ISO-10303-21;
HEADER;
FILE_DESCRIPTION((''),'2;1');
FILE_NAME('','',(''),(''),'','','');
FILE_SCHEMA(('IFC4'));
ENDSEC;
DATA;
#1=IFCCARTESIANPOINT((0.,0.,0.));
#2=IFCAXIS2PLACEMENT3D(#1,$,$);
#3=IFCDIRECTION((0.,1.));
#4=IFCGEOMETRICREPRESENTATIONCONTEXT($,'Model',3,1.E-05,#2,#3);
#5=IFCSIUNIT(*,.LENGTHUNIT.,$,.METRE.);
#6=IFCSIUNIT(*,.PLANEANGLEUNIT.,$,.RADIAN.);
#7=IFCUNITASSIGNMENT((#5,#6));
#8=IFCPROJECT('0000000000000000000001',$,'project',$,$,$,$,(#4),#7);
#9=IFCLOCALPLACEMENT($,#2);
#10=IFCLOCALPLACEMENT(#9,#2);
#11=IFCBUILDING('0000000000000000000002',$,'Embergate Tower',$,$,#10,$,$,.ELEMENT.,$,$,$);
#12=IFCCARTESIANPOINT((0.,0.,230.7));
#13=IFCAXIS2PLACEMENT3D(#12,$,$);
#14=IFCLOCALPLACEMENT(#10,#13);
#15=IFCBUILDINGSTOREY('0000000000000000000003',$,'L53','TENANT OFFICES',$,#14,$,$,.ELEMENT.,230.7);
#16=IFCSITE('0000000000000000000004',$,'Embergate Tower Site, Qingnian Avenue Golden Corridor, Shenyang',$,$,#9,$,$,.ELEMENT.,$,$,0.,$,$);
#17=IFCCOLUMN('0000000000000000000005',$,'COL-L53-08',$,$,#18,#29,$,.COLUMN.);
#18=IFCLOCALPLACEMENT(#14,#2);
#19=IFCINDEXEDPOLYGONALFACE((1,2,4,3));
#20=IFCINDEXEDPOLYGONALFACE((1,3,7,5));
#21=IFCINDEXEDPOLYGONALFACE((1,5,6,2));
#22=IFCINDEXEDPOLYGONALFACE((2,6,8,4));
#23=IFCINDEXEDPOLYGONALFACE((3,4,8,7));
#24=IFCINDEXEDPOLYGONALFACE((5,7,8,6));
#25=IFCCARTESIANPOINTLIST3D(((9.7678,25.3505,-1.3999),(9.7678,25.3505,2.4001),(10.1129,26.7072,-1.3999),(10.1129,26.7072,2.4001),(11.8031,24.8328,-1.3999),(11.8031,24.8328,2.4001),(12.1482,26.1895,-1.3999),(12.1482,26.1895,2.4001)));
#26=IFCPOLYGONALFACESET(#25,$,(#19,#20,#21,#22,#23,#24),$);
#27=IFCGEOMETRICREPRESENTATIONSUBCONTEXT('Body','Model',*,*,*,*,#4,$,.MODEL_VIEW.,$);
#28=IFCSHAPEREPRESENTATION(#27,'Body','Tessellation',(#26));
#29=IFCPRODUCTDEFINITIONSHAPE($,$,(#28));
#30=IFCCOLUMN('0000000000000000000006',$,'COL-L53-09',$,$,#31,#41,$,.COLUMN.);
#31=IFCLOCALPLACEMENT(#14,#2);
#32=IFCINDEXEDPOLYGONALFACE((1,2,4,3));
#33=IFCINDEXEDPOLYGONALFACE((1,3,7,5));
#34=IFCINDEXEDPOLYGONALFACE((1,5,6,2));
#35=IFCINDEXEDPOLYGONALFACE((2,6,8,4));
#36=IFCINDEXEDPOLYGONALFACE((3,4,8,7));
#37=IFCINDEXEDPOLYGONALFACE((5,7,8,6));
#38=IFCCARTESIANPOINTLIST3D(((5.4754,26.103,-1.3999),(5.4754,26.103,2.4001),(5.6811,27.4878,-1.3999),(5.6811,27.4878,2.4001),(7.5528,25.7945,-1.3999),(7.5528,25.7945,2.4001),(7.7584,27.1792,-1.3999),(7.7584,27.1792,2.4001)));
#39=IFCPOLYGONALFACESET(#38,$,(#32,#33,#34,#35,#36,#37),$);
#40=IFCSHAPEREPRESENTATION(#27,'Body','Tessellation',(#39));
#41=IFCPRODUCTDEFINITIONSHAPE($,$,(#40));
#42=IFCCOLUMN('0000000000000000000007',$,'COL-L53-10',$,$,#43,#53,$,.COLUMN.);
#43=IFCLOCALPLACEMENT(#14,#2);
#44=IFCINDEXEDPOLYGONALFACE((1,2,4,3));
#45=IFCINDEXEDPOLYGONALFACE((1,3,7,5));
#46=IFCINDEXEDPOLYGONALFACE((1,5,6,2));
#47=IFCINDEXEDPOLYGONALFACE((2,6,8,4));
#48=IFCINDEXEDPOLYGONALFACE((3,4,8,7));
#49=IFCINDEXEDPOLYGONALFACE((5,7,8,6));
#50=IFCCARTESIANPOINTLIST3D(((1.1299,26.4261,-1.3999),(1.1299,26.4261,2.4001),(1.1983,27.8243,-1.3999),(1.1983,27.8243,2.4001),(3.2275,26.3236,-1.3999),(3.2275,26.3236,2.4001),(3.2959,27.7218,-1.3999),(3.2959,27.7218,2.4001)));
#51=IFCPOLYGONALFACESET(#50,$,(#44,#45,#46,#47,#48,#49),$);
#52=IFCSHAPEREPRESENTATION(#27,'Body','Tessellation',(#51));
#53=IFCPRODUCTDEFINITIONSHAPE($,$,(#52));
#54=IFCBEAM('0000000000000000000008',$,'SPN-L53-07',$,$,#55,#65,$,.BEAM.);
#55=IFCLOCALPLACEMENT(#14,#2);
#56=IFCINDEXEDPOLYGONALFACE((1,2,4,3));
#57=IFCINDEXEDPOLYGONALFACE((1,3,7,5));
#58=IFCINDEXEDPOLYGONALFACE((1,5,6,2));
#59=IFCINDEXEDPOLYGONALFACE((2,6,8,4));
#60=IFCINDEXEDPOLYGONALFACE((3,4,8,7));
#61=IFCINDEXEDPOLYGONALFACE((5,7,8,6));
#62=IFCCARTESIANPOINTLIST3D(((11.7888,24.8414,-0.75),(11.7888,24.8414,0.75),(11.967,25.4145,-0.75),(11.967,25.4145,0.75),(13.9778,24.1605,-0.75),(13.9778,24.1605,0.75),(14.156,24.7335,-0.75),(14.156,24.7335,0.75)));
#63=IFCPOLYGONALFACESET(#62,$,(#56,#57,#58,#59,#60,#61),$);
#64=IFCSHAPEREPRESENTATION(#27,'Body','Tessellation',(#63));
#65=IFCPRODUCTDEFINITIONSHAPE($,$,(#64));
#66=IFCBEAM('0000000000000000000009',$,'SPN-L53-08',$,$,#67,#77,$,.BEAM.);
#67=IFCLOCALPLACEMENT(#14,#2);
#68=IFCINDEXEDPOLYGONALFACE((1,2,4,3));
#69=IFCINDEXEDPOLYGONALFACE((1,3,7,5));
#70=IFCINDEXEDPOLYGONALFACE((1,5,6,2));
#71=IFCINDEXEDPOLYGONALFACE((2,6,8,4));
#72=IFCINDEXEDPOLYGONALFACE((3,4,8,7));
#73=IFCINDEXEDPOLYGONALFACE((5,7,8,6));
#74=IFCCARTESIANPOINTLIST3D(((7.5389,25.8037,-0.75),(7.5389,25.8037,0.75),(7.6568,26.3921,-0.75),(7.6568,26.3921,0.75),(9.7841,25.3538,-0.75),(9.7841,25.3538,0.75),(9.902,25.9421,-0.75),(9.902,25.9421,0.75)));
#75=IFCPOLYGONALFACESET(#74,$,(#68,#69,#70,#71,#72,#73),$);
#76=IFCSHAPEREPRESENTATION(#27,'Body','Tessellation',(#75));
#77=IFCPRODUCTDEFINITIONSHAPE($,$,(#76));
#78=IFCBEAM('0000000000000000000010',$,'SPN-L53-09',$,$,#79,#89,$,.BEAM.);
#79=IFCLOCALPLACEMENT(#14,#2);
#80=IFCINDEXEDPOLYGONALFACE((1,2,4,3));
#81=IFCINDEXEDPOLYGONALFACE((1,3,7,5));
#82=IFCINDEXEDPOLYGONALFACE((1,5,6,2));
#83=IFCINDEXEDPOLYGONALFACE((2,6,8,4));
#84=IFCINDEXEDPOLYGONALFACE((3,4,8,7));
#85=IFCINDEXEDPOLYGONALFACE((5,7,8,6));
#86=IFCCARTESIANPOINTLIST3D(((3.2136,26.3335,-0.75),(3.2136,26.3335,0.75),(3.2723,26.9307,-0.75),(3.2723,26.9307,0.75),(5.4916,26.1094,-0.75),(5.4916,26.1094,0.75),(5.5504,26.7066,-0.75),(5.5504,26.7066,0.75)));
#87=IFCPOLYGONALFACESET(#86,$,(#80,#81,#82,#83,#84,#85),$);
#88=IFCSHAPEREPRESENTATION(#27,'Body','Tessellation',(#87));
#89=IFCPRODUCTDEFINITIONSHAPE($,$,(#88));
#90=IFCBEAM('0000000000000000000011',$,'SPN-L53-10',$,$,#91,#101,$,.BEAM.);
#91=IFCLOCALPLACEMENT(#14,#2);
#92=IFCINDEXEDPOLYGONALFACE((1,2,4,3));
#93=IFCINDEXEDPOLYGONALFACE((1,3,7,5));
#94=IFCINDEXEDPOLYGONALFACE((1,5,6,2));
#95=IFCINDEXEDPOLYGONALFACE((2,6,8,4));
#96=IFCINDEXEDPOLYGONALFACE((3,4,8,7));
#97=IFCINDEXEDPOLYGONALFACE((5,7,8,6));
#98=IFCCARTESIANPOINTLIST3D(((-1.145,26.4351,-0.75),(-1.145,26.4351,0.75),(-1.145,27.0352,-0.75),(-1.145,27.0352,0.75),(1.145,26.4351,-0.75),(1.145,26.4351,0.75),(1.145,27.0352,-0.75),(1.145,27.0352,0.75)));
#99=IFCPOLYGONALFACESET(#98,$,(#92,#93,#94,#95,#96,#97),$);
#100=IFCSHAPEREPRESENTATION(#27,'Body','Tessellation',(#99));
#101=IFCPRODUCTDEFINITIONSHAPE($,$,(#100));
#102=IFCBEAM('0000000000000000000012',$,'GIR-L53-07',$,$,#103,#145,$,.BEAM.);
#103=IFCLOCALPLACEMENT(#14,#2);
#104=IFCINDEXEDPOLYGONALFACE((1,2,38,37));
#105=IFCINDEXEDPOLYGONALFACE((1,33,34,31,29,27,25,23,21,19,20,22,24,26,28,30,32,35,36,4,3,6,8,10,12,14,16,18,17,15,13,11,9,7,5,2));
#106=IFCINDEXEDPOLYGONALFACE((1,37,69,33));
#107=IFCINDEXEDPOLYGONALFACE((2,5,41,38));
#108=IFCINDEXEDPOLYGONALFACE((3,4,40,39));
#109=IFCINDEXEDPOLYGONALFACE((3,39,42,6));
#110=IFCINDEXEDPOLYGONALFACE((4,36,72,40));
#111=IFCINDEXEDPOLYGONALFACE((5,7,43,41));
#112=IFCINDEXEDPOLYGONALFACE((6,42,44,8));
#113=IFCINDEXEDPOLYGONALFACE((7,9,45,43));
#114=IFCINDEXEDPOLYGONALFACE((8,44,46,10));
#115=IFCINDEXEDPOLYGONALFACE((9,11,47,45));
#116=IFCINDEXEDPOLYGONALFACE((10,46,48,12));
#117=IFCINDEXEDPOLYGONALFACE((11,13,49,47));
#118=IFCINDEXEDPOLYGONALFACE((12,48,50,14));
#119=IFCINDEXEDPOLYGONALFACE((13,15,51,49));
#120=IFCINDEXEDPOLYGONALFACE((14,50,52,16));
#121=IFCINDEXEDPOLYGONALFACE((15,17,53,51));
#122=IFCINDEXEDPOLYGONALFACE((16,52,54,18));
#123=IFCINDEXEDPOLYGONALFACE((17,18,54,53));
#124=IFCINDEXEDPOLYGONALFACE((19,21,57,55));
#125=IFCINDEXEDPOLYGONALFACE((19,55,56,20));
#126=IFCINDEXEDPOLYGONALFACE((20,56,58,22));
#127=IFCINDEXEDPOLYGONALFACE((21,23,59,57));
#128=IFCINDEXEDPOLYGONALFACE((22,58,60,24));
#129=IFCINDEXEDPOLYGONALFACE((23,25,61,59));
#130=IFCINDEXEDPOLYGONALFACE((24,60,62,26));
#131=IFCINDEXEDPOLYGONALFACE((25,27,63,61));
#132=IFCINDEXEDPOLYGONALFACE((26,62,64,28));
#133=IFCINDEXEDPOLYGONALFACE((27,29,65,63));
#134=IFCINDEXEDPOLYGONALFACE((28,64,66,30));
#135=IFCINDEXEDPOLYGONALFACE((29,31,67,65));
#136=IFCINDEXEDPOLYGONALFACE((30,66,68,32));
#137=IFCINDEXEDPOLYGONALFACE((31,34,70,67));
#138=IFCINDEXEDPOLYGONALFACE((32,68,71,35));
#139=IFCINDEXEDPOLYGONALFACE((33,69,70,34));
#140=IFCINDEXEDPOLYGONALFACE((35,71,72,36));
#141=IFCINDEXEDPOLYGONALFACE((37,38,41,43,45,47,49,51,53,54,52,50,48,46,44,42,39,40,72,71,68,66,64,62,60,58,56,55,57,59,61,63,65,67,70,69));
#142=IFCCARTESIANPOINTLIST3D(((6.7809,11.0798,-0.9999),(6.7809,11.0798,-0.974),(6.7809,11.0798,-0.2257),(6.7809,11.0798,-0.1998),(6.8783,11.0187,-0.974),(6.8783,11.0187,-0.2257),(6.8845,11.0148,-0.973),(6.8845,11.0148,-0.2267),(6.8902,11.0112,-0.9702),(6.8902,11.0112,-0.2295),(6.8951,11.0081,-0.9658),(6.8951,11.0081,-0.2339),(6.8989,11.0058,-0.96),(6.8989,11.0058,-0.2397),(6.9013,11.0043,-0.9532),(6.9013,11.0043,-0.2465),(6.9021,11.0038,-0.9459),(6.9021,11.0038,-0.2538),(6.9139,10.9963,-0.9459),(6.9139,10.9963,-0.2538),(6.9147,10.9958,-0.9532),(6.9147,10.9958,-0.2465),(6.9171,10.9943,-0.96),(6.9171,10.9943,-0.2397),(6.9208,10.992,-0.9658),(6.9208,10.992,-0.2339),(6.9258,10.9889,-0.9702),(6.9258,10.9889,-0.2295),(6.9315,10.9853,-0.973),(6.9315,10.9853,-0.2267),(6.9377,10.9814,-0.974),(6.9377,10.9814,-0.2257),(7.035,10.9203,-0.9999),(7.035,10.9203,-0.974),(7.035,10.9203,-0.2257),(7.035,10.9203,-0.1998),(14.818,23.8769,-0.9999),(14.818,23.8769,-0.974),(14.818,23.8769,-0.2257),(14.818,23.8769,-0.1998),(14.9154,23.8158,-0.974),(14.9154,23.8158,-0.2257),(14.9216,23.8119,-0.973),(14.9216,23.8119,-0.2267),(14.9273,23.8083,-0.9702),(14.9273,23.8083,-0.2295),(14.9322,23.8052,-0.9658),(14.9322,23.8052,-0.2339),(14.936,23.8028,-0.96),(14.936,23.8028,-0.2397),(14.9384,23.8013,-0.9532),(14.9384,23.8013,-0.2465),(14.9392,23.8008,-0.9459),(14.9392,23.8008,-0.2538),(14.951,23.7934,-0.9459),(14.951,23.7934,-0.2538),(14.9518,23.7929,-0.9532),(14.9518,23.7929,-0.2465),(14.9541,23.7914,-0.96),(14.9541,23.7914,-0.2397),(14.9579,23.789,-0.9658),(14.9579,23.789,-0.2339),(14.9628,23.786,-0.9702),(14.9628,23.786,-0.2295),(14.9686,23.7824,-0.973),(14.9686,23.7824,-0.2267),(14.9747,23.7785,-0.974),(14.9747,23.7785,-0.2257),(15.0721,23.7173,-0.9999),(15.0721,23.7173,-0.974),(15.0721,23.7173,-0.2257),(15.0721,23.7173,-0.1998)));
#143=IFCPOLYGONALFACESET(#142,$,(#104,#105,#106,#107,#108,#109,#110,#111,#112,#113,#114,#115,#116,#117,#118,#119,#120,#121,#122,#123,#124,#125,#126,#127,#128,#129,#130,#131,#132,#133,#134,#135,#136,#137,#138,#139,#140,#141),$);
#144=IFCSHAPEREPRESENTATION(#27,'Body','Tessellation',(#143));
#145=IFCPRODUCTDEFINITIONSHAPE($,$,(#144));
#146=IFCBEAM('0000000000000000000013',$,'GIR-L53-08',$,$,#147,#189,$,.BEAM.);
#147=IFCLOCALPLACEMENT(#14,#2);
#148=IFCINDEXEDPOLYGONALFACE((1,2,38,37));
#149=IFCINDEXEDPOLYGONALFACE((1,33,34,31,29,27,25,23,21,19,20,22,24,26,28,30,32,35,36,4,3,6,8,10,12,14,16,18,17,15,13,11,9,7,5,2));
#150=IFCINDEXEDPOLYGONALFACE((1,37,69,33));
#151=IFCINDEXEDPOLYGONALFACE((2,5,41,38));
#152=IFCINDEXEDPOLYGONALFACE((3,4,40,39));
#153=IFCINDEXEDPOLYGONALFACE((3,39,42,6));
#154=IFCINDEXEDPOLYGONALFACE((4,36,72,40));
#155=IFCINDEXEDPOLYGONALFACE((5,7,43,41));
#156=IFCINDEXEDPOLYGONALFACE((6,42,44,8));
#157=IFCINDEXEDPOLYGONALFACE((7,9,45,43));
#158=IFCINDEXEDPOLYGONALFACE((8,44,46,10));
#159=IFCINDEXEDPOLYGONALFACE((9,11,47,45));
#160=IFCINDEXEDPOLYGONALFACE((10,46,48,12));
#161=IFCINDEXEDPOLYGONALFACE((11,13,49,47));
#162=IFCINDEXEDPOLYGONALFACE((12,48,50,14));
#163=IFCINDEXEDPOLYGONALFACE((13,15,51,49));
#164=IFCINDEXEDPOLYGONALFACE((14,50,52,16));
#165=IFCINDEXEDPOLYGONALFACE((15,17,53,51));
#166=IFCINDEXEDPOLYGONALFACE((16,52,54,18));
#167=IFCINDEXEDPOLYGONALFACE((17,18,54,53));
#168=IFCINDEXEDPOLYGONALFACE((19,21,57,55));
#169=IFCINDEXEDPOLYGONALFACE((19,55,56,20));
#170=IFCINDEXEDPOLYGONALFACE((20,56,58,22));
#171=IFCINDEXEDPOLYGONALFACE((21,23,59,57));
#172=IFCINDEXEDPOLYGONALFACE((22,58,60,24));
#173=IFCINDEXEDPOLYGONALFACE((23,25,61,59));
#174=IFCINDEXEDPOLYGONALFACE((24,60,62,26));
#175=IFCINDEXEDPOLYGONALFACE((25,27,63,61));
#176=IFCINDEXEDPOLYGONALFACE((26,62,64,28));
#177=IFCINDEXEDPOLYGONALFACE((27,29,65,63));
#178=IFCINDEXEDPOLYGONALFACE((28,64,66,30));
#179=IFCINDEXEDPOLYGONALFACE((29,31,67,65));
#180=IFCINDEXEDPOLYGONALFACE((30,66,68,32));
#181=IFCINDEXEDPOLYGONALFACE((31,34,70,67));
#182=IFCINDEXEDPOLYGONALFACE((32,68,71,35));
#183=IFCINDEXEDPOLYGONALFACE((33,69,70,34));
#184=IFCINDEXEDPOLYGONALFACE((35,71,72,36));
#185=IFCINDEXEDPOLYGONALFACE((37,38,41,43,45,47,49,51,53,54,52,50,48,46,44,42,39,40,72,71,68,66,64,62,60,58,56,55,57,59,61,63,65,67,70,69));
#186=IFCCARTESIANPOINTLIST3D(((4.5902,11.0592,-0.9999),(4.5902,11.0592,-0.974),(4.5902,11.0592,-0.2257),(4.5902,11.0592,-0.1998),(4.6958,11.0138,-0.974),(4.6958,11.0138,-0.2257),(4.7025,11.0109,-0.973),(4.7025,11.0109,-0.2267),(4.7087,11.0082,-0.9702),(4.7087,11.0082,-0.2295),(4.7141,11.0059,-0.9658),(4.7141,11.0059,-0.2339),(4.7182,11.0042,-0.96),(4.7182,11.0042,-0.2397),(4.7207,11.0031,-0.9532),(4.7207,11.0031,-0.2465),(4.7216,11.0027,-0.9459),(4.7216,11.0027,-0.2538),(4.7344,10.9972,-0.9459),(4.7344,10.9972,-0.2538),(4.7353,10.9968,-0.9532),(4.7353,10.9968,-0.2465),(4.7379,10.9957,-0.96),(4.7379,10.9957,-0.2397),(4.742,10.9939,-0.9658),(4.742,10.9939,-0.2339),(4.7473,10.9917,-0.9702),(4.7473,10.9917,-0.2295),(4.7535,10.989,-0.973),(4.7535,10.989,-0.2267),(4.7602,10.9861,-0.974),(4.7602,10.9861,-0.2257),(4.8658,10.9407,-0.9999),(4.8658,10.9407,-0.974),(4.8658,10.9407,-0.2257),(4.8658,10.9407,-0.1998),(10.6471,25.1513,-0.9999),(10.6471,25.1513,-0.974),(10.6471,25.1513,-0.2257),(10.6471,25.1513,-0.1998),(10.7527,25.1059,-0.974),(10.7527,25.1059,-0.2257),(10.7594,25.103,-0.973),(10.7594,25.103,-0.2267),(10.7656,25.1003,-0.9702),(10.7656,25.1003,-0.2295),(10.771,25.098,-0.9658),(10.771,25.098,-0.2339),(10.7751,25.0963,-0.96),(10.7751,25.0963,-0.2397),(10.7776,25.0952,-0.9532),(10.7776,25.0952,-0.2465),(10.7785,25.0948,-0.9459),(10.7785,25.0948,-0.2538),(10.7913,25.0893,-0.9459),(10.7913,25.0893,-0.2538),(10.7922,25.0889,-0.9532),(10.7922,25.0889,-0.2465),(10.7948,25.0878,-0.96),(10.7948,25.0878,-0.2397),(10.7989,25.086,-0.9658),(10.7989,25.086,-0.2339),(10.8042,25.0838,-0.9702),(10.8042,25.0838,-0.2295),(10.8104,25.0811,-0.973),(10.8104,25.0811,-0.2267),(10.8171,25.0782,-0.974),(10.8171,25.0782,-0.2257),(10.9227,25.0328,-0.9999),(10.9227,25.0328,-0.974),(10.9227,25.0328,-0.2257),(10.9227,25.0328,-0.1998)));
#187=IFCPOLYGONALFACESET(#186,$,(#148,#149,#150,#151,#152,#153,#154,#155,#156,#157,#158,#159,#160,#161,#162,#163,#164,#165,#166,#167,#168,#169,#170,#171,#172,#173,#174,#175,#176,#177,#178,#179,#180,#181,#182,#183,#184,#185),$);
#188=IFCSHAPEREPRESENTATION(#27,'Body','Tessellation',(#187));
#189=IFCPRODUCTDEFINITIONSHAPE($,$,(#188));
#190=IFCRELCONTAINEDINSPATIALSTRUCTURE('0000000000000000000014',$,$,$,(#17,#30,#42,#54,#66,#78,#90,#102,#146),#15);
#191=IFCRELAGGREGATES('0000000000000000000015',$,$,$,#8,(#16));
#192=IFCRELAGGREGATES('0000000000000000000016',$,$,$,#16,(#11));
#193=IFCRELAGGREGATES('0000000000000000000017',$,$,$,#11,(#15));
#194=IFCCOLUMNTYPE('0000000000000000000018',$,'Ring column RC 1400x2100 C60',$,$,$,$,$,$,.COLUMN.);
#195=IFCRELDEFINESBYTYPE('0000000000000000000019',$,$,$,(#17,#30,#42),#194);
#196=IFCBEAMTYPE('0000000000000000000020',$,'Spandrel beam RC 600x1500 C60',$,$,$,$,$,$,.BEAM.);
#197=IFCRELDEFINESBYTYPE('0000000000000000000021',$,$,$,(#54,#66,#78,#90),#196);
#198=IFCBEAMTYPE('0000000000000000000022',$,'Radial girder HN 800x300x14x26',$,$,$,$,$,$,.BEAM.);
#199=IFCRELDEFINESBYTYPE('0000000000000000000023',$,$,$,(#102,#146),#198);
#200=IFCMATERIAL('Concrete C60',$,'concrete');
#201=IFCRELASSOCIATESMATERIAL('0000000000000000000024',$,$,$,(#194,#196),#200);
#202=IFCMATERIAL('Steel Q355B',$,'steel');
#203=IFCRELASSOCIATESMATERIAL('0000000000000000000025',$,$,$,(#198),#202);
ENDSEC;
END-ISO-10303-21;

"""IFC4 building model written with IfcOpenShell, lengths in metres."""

from ifc_helpers import new_model, si_unit, direction, frame, origin, origin_2d, place, context, subcontext, project, spatial, rectangle, i_section, extrude, source, transform, mapped, material, material_profile, profile_set, type_object, element, save


model = new_model("IFC4")

# Units and contexts
model_context = context("Model", 3, precision=1e-05, world=origin(), true_north=direction((0.0, 1.0)))
body_context = subcontext(model_context, "Body", "Model", "MODEL_VIEW")
ifc_project = project(units=[si_unit("LENGTHUNIT", "METRE"), si_unit("PLANEANGLEUNIT", "RADIAN")], contexts=[model_context])

# Site, building, storey
site_placement = place(None, origin())
site = spatial("IfcSite", under=ifc_project, at=site_placement, Name="Embergate Tower Site, Qingnian Avenue Golden Corridor, Shenyang", CompositionType="ELEMENT", RefElevation=0.0)
building_placement = place(site_placement, origin())
building = spatial("IfcBuilding", under=site, at=building_placement, Name="Embergate Tower", CompositionType="ELEMENT")
storey_placement = place(building_placement, frame((0.0, 0.0, 230.7)))
storey = spatial("IfcBuildingStorey", under=building, at=storey_placement, Name="L53", Description="TENANT OFFICES", CompositionType="ELEMENT", Elevation=230.7)

# Columns
ifc_material_1 = material(Name="Concrete C60", Category="concrete")
ifc_material_profile_1 = material_profile(ifc_material_1, rectangle(XDim=1.3999, YDim=2.1001, at=origin_2d()), Name="RC 1400x2100")
ifc_profile_set_1 = profile_set([ifc_material_profile_1], Name="Concrete C60")
column_type = type_object("IfcColumnType", Name="Ring column RC 1400x2100 C60", PredefinedType="COLUMN", material=ifc_profile_set_1)
shared_shape_1 = source(origin(), body_context, "Body", "SweptSolid", [
    extrude(rectangle(XDim=1.3999, YDim=2.1001, at=origin_2d()), origin(), (0.0, 0.0, 1.0), 3.8),
])
for number, where, z_axis, x_axis, name in (
    (1, (10.958, 25.77, -1.3999), (0.0, 0.0, 1.0), (0.246509, 0.969141, 0.0), "COL-L53-08"),
    (2, (6.6169, 26.6411, -1.3999), (0.0, 0.0, 1.0), (0.146929, 0.989147, 0.0), "COL-L53-09"),
    (3, (2.2129, 27.074, -1.3999), (0.0, 0.0, 1.0), (0.048815, 0.998808, 0.0), "COL-L53-10"),
):
    element("IfcColumn", number, at=place(storey_placement, frame(where, z_axis=z_axis, x_axis=x_axis)), inside=storey, type_object=column_type, Name=name, PredefinedType="COLUMN", context=body_context, shape_type="MappedRepresentation", body=[
        mapped(shared_shape_1, transform((0.0, 0.0, 0.0))),
    ])

# Beams
ifc_material_profile_2 = material_profile(ifc_material_1, rectangle(XDim=0.6001, YDim=1.5, at=origin_2d()), Name="RC 600x1500")
ifc_profile_set_2 = profile_set([ifc_material_profile_2], Name="Concrete C60")
beam_type_1 = type_object("IfcBeamType", Name="Spandrel beam RC 600x1500 C60", PredefinedType="BEAM", material=ifc_profile_set_2)
shared_shape_2 = source(origin(), body_context, "Body", "SweptSolid", [
    extrude(rectangle(XDim=0.6001, YDim=1.5, at=origin_2d()), origin(), (0.0, 0.0, 1.0), 2.2925),
])
beam_1_placement = place(storey_placement, frame((14.0669, 24.447, 0.0), z_axis=(-0.95487, 0.297026, 0.0), x_axis=(-0.297026, -0.95487, 0.0)))
element("IfcBeam", 4, at=beam_1_placement, inside=storey, type_object=beam_type_1, Name="SPN-L53-07", PredefinedType="BEAM", context=body_context, shape_type="MappedRepresentation", body=[
    mapped(shared_shape_2, transform((0.0, 0.0, 0.0))),
])
shared_shape_3 = source(origin(), body_context, "Body", "SweptSolid", [
    extrude(rectangle(XDim=0.6001, YDim=1.5, at=origin_2d()), origin(), (0.0, 0.0, 1.0), 2.2898),
])
beam_2_placement = place(storey_placement, frame((9.843, 25.6479, 0.0), z_axis=(-0.980503, 0.196506, 0.0), x_axis=(-0.196506, -0.980503, 0.0)))
element("IfcBeam", 5, at=beam_2_placement, inside=storey, type_object=beam_type_1, Name="SPN-L53-08", PredefinedType="BEAM", context=body_context, shape_type="MappedRepresentation", body=[
    mapped(shared_shape_3, transform((0.0, 0.0, 0.0))),
])
shared_shape_4 = source(origin(), body_context, "Body", "SweptSolid", [
    extrude(rectangle(XDim=0.6001, YDim=1.5, at=origin_2d()), origin(), (0.0, 0.0, 1.0), 2.2891),
])
beam_3_placement = place(storey_placement, frame((5.521, 26.408, 0.0), z_axis=(-0.995195, 0.097909, 0.0), x_axis=(-0.097909, -0.995195, 0.0)))
element("IfcBeam", 6, at=beam_3_placement, inside=storey, type_object=beam_type_1, Name="SPN-L53-09", PredefinedType="BEAM", context=body_context, shape_type="MappedRepresentation", body=[
    mapped(shared_shape_4, transform((0.0, 0.0, 0.0))),
])
shared_shape_5 = source(origin(), body_context, "Body", "SweptSolid", [
    extrude(rectangle(XDim=0.6001, YDim=1.5, at=origin_2d()), origin(), (0.0, 0.0, 1.0), 2.29),
])
beam_4_placement = place(storey_placement, frame((1.145, 26.7351, 0.0), z_axis=(-1.0, 0.0, 0.0), x_axis=(0.0, -1.0, 0.0)))
element("IfcBeam", 7, at=beam_4_placement, inside=storey, type_object=beam_type_1, Name="SPN-L53-10", PredefinedType="BEAM", context=body_context, shape_type="MappedRepresentation", body=[
    mapped(shared_shape_5, transform((0.0, 0.0, 0.0))),
])
ifc_material_2 = material(Name="Steel Q355B", Category="steel")
ifc_material_profile_3 = material_profile(ifc_material_2, i_section(OverallWidth=0.3, OverallDepth=0.8, WebThickness=0.0139, FlangeThickness=0.0259, FilletRadius=0.0281, at=origin_2d()), Name="HN 800x300x14x26")
ifc_profile_set_3 = profile_set([ifc_material_profile_3], Name="Steel Q355 grade B")
beam_type_2 = type_object("IfcBeamType", Name="Radial girder HN 800x300x14x26", PredefinedType="BEAM", material=ifc_profile_set_3)
shared_shape_6 = source(origin(), body_context, "Body", "SweptSolid", [
    extrude(i_section(OverallWidth=0.3, OverallDepth=0.8, WebThickness=0.0139, FlangeThickness=0.0259, FilletRadius=0.0281, at=origin_2d()), origin(), (0.0, 0.0, 1.0), 15.1116),
])
beam_5_placement = place(storey_placement, frame((14.9451, 23.7971, -0.5999), z_axis=(-0.531849, -0.846839, 0.0), x_axis=(0.846839, -0.531849, 0.0)))
element("IfcBeam", 8, at=beam_5_placement, inside=storey, type_object=beam_type_2, Name="GIR-L53-07", PredefinedType="BEAM", context=body_context, shape_type="MappedRepresentation", body=[
    mapped(shared_shape_6, transform((0.0, 0.0, 0.0))),
])
shared_shape_7 = source(origin(), body_context, "Body", "SweptSolid", [
    extrude(i_section(OverallWidth=0.3, OverallDepth=0.8, WebThickness=0.0139, FlangeThickness=0.0259, FilletRadius=0.0281, at=origin_2d()), origin(), (0.0, 0.0, 1.0), 15.3386),
])
beam_6_placement = place(storey_placement, frame((10.7849, 25.092, -0.5999), z_axis=(-0.39488, -0.918733, 0.0), x_axis=(0.918733, -0.39488, 0.0)))
element("IfcBeam", 9, at=beam_6_placement, inside=storey, type_object=beam_type_2, Name="GIR-L53-08", PredefinedType="BEAM", context=body_context, shape_type="MappedRepresentation", body=[
    mapped(shared_shape_7, transform((0.0, 0.0, 0.0))),
])

save(model, "model.ifc")
